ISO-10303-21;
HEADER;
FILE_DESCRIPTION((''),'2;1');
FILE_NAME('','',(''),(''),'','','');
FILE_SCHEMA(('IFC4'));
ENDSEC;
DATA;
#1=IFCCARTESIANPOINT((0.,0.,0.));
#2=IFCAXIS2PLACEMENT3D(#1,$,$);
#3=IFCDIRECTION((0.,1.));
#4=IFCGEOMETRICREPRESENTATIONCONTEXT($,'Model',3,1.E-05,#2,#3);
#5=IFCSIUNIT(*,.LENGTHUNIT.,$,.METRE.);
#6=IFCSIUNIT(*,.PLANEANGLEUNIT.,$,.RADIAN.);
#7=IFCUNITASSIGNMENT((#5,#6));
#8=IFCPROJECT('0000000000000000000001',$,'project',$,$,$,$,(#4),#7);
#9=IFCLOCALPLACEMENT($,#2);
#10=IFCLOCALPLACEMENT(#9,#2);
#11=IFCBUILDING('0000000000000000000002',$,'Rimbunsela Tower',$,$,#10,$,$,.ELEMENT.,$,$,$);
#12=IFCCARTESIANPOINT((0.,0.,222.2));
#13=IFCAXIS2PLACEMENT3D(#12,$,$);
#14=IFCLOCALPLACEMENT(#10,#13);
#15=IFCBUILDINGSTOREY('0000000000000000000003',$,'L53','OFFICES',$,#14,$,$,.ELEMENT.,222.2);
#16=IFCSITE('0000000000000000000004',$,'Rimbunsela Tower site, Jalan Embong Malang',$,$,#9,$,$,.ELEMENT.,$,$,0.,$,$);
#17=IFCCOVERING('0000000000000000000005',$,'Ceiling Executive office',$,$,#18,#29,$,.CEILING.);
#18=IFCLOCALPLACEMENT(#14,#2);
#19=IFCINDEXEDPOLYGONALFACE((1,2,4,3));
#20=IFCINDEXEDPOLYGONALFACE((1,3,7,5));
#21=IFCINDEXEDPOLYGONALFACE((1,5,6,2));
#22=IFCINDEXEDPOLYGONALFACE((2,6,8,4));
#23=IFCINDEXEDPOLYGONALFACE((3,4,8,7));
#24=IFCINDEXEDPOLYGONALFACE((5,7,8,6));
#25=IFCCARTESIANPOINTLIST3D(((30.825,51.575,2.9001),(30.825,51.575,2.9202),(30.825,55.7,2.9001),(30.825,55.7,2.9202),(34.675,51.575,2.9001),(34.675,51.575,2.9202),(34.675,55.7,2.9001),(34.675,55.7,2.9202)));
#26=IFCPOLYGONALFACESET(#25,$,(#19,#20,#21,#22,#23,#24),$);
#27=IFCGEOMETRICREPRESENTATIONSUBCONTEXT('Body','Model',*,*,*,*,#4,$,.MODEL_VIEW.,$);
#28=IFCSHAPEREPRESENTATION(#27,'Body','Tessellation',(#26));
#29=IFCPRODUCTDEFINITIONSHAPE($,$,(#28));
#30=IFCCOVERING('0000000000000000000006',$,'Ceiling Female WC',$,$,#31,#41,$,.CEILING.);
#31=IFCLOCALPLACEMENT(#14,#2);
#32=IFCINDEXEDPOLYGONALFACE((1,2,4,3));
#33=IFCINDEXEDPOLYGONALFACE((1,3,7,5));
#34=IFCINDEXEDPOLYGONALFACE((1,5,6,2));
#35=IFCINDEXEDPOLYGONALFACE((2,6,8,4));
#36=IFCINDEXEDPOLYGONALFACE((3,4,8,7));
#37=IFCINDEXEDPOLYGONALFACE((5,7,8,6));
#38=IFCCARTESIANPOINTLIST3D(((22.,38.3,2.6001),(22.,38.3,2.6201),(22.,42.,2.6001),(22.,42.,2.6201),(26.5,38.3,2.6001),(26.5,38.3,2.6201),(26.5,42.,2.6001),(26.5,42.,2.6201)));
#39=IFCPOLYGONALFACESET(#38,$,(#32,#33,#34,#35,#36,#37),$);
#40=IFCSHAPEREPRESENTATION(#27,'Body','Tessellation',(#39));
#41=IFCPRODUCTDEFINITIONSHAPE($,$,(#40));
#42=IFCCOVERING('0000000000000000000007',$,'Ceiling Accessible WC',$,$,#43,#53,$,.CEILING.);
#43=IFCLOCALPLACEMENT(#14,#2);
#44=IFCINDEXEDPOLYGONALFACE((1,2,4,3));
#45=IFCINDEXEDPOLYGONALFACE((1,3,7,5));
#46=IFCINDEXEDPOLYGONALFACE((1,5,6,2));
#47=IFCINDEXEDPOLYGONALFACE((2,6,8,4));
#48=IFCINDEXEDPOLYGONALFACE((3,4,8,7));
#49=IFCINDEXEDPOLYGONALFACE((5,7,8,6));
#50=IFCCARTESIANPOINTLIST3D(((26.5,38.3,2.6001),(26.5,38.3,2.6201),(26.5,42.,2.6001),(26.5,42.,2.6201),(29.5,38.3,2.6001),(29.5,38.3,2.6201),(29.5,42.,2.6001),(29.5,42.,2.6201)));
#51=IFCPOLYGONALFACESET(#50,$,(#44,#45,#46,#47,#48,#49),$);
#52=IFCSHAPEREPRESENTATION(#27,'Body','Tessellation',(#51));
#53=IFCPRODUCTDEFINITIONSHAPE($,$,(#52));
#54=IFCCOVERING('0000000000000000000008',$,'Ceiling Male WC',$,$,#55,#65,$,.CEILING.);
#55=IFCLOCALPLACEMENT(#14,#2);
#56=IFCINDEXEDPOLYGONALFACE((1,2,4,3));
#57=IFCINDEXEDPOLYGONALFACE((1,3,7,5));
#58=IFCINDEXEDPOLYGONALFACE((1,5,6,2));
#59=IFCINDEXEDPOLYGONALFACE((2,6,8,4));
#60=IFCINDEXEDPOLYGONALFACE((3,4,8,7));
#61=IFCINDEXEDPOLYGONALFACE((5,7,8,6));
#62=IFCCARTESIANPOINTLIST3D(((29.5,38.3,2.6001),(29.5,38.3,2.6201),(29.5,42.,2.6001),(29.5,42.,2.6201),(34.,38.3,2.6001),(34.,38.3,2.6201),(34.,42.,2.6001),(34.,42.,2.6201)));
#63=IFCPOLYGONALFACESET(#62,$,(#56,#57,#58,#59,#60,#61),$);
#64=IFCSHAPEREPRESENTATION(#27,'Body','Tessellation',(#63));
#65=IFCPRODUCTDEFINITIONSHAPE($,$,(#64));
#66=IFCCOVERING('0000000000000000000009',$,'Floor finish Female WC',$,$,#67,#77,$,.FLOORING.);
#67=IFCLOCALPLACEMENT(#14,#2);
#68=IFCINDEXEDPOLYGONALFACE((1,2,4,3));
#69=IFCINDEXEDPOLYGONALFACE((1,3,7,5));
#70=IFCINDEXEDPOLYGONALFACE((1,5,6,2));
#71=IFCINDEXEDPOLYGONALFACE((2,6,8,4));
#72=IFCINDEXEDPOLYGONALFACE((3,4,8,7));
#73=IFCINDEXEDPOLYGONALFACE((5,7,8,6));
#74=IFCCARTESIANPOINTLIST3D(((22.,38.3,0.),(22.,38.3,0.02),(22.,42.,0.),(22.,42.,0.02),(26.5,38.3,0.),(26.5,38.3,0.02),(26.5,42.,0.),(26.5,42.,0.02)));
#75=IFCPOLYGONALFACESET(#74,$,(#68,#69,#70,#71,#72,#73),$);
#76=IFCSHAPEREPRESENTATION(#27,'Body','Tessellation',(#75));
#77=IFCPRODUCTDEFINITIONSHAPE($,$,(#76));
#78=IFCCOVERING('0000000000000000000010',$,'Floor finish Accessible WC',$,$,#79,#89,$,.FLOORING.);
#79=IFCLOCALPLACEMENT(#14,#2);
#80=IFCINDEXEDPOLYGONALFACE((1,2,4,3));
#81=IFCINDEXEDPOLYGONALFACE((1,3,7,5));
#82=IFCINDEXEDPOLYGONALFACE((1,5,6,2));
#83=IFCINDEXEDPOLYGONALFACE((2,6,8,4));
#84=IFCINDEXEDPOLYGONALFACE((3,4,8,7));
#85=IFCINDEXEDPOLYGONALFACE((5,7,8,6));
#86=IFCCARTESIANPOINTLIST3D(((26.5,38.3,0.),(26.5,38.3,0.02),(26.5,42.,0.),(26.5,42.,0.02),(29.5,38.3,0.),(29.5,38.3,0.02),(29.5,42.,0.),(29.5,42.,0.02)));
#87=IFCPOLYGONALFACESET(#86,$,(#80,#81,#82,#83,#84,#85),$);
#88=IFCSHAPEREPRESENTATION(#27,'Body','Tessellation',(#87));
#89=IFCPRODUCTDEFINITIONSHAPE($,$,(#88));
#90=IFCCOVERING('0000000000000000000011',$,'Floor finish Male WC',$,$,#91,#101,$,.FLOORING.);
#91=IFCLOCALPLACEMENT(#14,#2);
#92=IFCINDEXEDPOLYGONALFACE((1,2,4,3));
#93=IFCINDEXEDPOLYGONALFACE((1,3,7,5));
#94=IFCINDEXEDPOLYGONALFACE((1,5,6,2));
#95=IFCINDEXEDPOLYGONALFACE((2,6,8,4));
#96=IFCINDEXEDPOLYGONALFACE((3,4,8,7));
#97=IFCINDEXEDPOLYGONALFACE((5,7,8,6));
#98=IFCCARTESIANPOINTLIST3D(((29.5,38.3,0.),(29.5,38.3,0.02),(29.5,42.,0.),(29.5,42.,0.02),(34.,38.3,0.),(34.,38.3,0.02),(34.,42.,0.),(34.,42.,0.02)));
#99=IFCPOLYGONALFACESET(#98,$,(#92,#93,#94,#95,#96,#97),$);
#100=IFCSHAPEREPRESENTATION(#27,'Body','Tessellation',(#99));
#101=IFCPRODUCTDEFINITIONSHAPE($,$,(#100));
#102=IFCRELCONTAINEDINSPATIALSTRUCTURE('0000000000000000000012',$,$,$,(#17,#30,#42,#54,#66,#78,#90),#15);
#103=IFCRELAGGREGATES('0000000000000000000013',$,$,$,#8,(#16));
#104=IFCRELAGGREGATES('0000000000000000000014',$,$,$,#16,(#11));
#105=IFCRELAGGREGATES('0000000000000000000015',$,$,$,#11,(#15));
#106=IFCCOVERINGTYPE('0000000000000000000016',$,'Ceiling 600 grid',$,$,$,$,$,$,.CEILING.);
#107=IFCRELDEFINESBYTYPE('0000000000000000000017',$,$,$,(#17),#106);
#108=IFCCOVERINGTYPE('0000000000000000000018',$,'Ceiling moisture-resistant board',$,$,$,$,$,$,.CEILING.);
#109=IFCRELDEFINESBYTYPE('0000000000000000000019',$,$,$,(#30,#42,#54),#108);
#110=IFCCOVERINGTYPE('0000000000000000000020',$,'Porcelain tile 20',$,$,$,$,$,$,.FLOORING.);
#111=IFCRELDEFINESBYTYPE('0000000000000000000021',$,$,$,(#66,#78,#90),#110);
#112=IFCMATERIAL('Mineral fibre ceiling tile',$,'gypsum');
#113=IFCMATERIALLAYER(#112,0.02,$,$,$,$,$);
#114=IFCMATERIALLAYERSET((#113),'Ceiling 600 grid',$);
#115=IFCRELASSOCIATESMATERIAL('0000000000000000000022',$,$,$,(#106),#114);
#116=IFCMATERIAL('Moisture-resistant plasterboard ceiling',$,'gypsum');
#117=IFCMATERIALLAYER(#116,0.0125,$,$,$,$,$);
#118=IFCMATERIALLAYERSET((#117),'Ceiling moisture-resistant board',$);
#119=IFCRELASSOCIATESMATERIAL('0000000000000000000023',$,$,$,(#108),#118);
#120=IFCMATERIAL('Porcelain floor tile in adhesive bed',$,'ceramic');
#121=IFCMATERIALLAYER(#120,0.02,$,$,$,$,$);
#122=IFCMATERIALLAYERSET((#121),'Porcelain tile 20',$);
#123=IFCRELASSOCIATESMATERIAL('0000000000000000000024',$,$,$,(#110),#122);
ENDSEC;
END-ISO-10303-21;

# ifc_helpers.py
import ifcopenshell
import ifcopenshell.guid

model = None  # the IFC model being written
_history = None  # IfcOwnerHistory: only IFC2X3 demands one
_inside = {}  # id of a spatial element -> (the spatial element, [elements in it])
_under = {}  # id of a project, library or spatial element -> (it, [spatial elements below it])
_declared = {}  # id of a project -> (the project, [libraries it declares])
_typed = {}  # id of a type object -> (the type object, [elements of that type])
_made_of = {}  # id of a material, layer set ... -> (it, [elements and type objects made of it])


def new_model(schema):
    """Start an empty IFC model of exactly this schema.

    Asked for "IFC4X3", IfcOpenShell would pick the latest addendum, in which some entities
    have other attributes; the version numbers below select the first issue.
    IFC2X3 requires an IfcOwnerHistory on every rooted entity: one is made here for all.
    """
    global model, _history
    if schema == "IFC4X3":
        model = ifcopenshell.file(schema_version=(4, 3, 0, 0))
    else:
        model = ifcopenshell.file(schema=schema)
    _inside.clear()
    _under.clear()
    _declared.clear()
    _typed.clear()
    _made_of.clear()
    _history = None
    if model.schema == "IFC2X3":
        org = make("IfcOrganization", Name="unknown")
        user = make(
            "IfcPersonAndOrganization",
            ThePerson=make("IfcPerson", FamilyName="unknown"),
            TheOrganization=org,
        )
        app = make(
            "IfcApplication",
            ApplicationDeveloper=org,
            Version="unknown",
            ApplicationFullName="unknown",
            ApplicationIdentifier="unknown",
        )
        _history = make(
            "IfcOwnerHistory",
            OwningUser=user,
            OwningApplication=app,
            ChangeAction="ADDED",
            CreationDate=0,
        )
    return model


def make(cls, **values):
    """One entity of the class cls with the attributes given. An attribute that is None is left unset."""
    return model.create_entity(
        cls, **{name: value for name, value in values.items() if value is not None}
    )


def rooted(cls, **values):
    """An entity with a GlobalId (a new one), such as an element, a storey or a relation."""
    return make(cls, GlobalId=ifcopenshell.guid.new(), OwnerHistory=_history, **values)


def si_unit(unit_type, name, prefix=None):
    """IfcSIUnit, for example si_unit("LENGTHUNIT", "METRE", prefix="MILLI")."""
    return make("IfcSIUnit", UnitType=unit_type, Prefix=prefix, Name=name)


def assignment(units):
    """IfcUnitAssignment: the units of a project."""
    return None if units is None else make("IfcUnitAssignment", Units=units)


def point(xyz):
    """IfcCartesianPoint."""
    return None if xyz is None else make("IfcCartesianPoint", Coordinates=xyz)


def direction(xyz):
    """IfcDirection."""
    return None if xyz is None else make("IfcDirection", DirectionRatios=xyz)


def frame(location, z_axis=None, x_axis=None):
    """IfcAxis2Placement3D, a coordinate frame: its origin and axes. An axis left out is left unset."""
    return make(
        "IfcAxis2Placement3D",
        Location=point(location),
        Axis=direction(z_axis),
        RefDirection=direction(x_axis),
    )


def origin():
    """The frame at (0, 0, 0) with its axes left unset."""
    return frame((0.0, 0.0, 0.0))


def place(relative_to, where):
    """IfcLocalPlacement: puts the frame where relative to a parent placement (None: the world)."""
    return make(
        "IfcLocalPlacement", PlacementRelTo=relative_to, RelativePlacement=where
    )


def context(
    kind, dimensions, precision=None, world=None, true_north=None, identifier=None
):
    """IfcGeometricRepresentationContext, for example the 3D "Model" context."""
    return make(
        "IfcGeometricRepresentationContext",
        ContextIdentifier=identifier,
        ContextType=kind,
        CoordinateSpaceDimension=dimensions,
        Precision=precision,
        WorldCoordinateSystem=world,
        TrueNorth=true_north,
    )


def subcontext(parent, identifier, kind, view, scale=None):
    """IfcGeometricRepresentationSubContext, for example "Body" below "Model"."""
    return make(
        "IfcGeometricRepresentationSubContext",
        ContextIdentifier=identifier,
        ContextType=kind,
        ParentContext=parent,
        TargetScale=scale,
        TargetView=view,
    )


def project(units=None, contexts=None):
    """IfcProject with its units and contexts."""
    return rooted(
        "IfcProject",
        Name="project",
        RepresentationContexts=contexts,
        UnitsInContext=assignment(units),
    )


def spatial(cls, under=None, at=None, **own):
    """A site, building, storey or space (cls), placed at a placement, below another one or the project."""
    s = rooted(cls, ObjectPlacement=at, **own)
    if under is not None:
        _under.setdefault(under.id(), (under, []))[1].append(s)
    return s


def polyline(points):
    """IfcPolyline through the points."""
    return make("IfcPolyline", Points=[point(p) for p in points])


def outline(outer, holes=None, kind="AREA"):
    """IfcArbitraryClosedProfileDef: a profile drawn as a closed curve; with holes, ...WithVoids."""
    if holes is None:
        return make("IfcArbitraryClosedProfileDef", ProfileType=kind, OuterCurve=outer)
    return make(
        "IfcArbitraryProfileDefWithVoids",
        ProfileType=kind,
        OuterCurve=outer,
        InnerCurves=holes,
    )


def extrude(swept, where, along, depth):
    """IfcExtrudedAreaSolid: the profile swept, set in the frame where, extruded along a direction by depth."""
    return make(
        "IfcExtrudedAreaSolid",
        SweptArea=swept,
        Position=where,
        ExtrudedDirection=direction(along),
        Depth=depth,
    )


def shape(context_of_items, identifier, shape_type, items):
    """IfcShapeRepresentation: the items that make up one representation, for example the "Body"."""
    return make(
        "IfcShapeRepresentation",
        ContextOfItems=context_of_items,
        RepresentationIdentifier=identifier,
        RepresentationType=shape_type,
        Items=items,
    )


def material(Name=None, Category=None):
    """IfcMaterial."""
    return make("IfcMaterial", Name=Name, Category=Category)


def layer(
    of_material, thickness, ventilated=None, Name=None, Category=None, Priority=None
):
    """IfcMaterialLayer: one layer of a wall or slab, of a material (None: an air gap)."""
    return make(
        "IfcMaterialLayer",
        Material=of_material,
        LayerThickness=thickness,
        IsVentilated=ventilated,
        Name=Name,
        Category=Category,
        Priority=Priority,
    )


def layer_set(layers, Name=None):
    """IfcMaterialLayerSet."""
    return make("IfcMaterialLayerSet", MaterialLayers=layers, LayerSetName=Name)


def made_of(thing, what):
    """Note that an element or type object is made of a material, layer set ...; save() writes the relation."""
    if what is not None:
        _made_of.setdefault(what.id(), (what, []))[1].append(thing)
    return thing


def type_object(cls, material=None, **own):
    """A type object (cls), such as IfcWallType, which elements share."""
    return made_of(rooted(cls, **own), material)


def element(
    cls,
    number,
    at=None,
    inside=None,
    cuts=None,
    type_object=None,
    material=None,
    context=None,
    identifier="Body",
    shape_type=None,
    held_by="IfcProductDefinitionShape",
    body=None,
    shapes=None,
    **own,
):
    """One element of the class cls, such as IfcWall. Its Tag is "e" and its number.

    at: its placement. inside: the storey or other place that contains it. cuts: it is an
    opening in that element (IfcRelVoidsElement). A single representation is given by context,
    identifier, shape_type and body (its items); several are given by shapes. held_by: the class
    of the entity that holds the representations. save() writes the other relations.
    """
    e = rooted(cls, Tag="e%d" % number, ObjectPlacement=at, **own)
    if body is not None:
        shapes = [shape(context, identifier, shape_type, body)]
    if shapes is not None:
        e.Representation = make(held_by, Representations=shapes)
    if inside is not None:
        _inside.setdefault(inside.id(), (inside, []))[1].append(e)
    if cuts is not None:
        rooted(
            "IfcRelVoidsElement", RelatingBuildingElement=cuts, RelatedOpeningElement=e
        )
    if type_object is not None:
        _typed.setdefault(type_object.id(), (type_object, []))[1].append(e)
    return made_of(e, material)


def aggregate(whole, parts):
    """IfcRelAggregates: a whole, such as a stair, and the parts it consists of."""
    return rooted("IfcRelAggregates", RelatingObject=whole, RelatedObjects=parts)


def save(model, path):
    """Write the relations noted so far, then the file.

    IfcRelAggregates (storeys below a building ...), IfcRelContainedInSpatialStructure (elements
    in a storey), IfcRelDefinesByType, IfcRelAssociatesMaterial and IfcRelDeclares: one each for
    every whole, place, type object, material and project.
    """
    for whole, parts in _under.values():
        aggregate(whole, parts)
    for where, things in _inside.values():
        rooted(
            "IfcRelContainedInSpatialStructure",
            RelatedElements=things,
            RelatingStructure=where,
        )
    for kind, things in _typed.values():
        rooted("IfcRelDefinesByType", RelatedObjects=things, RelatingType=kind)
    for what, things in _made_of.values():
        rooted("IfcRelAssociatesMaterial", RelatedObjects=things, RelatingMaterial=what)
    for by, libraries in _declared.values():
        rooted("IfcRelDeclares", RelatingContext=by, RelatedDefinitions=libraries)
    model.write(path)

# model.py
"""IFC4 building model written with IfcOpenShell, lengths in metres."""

from ifc_helpers import new_model, si_unit, direction, frame, origin, place, context, subcontext, project, spatial, polyline, outline, extrude, material, layer, layer_set, type_object, element, save


model = new_model("IFC4")

# Units and contexts
model_context = context("Model", 3, precision=1e-05, world=origin(), true_north=direction((0.0, 1.0)))
body_context = subcontext(model_context, "Body", "Model", "MODEL_VIEW")
ifc_project = project(units=[si_unit("LENGTHUNIT", "METRE"), si_unit("PLANEANGLEUNIT", "RADIAN")], contexts=[model_context])

# Site, building, storey
site_placement = place(None, origin())
site = spatial("IfcSite", under=ifc_project, at=site_placement, Name="Rimbunsela Tower site, Jalan Embong Malang", CompositionType="ELEMENT", RefElevation=0.0)
building_placement = place(site_placement, origin())
building = spatial("IfcBuilding", under=site, at=building_placement, Name="Rimbunsela Tower", CompositionType="ELEMENT")
storey_placement = place(building_placement, frame((0.0, 0.0, 222.2)))
storey = spatial("IfcBuildingStorey", under=building, at=storey_placement, Name="L53", Description="OFFICES", CompositionType="ELEMENT", Elevation=222.2)

# Coverings
ifc_material_1 = material(Name="Mineral fibre ceiling tile", Category="gypsum")
ifc_layer_1 = layer(ifc_material_1, 0.02)
ifc_layer_set_1 = layer_set([ifc_layer_1], Name="Ceiling 600 grid")
covering_type_1 = type_object("IfcCoveringType", Name="Ceiling 600 grid", PredefinedType="CEILING", material=ifc_layer_set_1)
covering_1_placement = place(storey_placement, frame((0.0, 0.0, 2.9001)))
element("IfcCovering", 1, at=covering_1_placement, inside=storey, type_object=covering_type_1, Name="Ceiling Executive office", PredefinedType="CEILING", context=body_context, shape_type="SweptSolid", body=[
    extrude(outline(polyline([(34.675, 51.575), (34.675, 55.7), (30.825, 55.7), (30.825, 51.575), (34.675, 51.575)])), origin(), (0.0, 0.0, 1.0), 0.02),
])
ifc_material_2 = material(Name="Moisture-resistant plasterboard ceiling", Category="gypsum")
ifc_layer_2 = layer(ifc_material_2, 0.0125)
ifc_layer_set_2 = layer_set([ifc_layer_2], Name="Ceiling moisture-resistant board")
covering_type_2 = type_object("IfcCoveringType", Name="Ceiling moisture-resistant board", PredefinedType="CEILING", material=ifc_layer_set_2)
covering_2_placement = place(storey_placement, frame((0.0, 0.0, 2.6001)))
element("IfcCovering", 2, at=covering_2_placement, inside=storey, type_object=covering_type_2, Name="Ceiling Female WC", PredefinedType="CEILING", context=body_context, shape_type="SweptSolid", body=[
    extrude(outline(polyline([(26.5, 38.3), (26.5, 42.0), (22.0, 42.0), (22.0, 38.3), (26.5, 38.3)])), origin(), (0.0, 0.0, 1.0), 0.02),
])
covering_3_placement = place(storey_placement, frame((0.0, 0.0, 2.6001)))
element("IfcCovering", 3, at=covering_3_placement, inside=storey, type_object=covering_type_2, Name="Ceiling Accessible WC", PredefinedType="CEILING", context=body_context, shape_type="SweptSolid", body=[
    extrude(outline(polyline([(29.5, 38.3), (29.5, 42.0), (26.5, 42.0), (26.5, 38.3), (29.5, 38.3)])), origin(), (0.0, 0.0, 1.0), 0.02),
])
covering_4_placement = place(storey_placement, frame((0.0, 0.0, 2.6001)))
element("IfcCovering", 4, at=covering_4_placement, inside=storey, type_object=covering_type_2, Name="Ceiling Male WC", PredefinedType="CEILING", context=body_context, shape_type="SweptSolid", body=[
    extrude(outline(polyline([(34.0, 38.3), (34.0, 42.0), (29.5, 42.0), (29.5, 38.3), (34.0, 38.3)])), origin(), (0.0, 0.0, 1.0), 0.02),
])
ifc_material_3 = material(Name="Porcelain floor tile in adhesive bed", Category="ceramic")
ifc_layer_3 = layer(ifc_material_3, 0.02)
ifc_layer_set_3 = layer_set([ifc_layer_3], Name="Porcelain tile 20")
covering_type_3 = type_object("IfcCoveringType", Name="Porcelain tile 20", PredefinedType="FLOORING", material=ifc_layer_set_3)
covering_5_placement = place(storey_placement, origin())
element("IfcCovering", 5, at=covering_5_placement, inside=storey, type_object=covering_type_3, Name="Floor finish Female WC", PredefinedType="FLOORING", context=body_context, shape_type="SweptSolid", body=[
    extrude(outline(polyline([(26.5, 38.3), (26.5, 42.0), (22.0, 42.0), (22.0, 38.3), (26.5, 38.3)])), origin(), (0.0, 0.0, 1.0), 0.02),
])
covering_6_placement = place(storey_placement, origin())
element("IfcCovering", 6, at=covering_6_placement, inside=storey, type_object=covering_type_3, Name="Floor finish Accessible WC", PredefinedType="FLOORING", context=body_context, shape_type="SweptSolid", body=[
    extrude(outline(polyline([(29.5, 38.3), (29.5, 42.0), (26.5, 42.0), (26.5, 38.3), (29.5, 38.3)])), origin(), (0.0, 0.0, 1.0), 0.02),
])
covering_7_placement = place(storey_placement, origin())
element("IfcCovering", 7, at=covering_7_placement, inside=storey, type_object=covering_type_3, Name="Floor finish Male WC", PredefinedType="FLOORING", context=body_context, shape_type="SweptSolid", body=[
    extrude(outline(polyline([(34.0, 38.3), (34.0, 42.0), (29.5, 42.0), (29.5, 38.3), (34.0, 38.3)])), origin(), (0.0, 0.0, 1.0), 0.02),
])

save(model, "model.ifc")
